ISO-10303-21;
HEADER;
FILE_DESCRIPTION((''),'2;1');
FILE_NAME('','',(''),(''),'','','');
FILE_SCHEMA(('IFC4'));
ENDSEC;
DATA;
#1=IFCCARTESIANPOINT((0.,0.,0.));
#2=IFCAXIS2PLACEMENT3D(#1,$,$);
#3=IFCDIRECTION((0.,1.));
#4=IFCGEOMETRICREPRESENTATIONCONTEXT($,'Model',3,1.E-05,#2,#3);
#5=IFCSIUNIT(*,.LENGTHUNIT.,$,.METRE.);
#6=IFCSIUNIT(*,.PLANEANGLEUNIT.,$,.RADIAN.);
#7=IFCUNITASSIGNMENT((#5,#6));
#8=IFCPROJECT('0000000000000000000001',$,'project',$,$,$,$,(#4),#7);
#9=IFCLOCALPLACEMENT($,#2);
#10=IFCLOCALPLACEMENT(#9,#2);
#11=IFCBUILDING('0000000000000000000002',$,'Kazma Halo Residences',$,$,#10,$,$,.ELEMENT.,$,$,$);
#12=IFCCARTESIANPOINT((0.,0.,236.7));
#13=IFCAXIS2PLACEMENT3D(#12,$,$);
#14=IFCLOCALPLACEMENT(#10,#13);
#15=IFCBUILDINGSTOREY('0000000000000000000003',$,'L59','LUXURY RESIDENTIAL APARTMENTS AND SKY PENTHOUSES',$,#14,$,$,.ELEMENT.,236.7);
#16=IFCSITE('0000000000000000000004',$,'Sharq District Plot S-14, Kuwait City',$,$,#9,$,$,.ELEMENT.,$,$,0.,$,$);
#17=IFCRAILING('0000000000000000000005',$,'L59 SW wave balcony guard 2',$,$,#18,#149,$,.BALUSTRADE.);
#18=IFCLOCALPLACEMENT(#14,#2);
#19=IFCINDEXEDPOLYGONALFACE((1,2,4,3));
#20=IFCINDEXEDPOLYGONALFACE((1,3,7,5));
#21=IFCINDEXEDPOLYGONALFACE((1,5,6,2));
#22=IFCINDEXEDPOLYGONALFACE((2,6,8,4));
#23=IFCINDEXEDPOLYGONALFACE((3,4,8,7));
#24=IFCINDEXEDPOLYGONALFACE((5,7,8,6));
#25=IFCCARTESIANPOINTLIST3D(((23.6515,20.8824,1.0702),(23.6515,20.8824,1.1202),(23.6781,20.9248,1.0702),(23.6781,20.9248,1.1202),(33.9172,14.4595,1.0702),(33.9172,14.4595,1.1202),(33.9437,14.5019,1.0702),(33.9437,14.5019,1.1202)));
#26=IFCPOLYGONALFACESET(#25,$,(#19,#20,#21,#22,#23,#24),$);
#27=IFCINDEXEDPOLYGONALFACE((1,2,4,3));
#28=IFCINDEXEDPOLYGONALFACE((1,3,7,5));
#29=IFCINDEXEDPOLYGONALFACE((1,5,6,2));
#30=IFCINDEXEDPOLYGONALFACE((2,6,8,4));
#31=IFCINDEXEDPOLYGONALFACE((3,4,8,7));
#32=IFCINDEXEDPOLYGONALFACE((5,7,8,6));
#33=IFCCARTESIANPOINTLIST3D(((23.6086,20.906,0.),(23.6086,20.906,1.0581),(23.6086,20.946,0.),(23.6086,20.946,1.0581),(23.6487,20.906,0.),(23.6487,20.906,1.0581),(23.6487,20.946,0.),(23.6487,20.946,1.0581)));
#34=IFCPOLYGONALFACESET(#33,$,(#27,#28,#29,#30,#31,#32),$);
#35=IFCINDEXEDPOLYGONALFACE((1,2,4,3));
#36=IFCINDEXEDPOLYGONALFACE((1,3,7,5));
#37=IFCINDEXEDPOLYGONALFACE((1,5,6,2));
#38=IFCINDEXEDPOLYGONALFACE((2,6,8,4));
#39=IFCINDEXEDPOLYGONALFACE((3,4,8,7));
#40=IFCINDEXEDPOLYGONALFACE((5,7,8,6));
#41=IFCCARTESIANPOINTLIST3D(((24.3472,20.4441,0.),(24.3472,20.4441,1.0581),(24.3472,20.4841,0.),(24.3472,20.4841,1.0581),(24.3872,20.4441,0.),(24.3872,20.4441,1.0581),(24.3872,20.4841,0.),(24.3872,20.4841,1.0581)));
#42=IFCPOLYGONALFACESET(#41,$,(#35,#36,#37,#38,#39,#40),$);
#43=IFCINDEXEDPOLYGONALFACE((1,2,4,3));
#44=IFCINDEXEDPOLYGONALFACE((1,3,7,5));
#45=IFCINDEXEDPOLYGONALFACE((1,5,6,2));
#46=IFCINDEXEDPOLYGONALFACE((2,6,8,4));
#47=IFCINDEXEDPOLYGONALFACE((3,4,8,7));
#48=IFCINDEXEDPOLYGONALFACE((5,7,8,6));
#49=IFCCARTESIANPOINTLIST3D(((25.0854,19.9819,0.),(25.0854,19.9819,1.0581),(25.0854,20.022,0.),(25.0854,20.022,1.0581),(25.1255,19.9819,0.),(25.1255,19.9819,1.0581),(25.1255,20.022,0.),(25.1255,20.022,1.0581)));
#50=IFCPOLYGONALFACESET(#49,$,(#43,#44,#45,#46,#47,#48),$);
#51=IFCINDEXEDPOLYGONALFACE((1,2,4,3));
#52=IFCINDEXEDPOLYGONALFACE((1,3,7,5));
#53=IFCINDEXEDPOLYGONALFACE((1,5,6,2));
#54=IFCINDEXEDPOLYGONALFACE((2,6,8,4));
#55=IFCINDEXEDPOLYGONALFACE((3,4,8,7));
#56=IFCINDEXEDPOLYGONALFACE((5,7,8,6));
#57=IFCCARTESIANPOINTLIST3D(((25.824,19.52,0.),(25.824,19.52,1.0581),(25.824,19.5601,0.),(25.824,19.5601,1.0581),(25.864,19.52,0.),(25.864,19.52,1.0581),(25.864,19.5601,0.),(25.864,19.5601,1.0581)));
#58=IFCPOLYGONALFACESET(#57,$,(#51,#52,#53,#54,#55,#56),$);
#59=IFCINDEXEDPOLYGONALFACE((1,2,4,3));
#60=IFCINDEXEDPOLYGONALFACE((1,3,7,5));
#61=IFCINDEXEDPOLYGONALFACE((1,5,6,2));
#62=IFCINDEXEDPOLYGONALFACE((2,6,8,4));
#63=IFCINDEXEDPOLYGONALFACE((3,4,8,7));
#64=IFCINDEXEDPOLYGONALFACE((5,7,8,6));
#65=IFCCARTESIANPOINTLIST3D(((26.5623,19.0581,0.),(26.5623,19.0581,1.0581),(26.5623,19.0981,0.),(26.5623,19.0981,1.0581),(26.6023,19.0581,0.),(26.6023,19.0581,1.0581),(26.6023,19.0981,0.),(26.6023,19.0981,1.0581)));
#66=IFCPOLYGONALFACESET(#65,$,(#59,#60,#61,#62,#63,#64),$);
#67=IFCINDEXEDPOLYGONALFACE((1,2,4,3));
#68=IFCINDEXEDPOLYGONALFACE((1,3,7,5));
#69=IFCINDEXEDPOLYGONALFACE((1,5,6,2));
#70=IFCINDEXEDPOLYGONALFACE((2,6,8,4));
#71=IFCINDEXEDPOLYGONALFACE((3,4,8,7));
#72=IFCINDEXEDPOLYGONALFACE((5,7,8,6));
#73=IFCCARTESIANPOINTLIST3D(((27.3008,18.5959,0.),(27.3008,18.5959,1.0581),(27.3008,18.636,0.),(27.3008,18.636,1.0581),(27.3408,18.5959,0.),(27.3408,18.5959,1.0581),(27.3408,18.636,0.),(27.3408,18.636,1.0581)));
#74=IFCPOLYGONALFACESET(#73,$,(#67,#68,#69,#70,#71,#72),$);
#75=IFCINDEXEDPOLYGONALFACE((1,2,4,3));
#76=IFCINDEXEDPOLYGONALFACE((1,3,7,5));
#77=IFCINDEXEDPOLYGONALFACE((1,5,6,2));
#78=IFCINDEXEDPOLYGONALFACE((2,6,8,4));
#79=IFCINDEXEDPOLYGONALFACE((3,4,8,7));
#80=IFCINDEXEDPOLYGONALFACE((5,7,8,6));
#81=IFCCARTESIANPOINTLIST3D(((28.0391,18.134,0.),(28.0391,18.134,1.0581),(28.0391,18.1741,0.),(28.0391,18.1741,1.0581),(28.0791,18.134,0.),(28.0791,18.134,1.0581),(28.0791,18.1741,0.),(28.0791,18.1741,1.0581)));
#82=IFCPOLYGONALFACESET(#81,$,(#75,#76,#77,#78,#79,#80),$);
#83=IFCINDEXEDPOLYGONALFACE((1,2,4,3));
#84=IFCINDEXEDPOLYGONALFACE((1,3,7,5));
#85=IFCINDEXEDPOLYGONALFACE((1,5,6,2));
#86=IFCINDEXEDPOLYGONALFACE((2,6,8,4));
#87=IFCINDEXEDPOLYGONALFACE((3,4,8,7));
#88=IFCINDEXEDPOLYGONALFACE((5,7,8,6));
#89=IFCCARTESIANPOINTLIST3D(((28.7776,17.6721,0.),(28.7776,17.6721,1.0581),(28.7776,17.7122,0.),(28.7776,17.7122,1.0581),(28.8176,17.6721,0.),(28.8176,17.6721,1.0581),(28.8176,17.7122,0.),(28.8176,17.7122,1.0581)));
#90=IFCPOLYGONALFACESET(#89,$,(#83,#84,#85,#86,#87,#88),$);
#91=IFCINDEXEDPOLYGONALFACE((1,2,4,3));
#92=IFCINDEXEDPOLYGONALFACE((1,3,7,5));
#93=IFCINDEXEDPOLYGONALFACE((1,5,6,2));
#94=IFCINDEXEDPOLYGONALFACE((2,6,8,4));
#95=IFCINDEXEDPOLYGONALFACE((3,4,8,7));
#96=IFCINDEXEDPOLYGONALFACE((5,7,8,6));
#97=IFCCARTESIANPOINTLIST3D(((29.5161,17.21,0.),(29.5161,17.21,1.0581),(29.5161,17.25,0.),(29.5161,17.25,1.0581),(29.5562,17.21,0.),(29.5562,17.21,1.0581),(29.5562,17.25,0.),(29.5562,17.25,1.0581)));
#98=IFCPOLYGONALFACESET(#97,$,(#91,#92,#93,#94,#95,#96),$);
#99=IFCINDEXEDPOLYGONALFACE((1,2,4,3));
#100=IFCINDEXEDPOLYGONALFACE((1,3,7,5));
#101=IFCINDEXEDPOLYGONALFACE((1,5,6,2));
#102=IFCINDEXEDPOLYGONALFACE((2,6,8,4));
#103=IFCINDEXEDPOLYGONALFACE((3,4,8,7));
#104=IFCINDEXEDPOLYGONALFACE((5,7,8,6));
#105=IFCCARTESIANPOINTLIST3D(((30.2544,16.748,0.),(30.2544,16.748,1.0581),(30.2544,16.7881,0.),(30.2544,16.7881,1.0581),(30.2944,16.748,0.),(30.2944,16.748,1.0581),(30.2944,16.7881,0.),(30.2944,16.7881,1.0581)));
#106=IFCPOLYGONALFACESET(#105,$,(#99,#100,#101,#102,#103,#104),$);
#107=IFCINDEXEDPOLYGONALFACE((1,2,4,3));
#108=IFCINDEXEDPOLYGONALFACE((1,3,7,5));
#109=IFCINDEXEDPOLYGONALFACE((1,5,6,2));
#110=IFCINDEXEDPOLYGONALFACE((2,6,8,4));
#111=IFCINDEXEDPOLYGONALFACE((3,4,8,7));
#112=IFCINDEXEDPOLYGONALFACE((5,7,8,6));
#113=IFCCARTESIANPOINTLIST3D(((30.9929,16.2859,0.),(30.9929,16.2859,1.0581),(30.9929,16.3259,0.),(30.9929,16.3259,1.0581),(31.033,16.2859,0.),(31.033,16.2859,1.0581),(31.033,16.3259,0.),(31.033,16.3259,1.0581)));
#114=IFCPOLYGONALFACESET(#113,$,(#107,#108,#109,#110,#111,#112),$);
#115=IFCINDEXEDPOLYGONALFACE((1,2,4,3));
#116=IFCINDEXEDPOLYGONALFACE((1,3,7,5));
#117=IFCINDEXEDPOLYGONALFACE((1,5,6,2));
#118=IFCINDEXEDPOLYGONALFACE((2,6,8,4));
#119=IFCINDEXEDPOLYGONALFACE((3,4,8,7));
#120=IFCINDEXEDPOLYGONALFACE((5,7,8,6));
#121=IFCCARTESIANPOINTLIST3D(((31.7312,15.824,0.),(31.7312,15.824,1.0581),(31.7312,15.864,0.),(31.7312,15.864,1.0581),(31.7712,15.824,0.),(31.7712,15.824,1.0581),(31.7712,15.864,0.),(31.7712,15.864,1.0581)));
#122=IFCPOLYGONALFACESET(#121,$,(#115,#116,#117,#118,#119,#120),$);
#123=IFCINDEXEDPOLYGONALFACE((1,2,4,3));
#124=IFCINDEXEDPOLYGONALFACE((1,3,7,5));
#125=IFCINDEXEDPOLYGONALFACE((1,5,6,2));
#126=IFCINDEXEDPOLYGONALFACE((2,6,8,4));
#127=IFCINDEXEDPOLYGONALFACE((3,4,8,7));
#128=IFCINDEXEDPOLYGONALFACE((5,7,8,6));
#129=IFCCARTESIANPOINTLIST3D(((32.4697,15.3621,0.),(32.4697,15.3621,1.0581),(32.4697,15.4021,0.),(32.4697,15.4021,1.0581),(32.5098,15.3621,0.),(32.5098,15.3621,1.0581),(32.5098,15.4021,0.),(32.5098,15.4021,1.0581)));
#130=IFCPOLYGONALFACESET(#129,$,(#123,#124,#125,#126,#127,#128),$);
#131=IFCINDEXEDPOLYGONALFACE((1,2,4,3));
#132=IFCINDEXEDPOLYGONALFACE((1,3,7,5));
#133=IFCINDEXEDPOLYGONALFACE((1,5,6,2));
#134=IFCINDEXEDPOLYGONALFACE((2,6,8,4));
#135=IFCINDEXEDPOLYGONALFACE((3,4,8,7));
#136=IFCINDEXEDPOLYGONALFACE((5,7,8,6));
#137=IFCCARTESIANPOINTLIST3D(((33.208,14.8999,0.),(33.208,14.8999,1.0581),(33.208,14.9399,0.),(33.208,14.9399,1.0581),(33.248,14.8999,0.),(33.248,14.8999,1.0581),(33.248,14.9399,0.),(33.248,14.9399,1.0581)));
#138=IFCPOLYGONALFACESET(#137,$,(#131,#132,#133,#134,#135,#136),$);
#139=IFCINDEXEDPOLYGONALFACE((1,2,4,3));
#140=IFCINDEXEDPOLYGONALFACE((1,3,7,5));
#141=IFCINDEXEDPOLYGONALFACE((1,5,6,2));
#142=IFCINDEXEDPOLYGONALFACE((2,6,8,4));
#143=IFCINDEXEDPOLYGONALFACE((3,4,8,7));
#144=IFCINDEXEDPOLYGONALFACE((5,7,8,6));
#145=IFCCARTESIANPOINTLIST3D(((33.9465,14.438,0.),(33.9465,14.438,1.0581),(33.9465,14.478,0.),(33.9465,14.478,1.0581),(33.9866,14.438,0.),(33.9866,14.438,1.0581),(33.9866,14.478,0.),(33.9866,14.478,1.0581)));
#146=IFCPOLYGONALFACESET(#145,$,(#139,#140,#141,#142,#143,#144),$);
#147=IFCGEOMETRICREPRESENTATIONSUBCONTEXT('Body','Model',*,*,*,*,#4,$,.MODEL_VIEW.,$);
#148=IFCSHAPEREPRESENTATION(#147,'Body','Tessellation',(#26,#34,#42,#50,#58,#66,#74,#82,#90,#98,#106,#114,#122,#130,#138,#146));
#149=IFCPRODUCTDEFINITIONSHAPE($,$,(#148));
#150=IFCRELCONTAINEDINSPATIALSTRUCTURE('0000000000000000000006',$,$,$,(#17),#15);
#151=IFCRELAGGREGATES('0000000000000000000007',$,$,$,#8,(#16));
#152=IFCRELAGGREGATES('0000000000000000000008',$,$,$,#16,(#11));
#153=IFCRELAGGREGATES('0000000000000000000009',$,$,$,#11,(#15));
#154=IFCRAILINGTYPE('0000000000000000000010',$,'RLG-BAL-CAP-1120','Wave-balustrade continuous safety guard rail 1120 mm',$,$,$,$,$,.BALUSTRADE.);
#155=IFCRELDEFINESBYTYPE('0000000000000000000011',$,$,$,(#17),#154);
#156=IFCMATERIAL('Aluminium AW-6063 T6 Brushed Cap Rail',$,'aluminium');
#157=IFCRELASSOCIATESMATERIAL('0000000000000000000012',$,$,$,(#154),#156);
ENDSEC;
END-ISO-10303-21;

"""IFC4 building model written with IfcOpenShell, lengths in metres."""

from ifc_helpers import new_model, si_unit, direction, frame, origin, origin_2d, place, context, subcontext, project, spatial, rectangle, extrude, material, type_object, element, save


model = new_model("IFC4")

# Units and contexts
model_context = context("Model", 3, precision=1e-05, world=origin(), true_north=direction((0.0, 1.0)))
body_context = subcontext(model_context, "Body", "Model", "MODEL_VIEW")
ifc_project = project(units=[si_unit("LENGTHUNIT", "METRE"), si_unit("PLANEANGLEUNIT", "RADIAN")], contexts=[model_context])

# Site, building, storey
site_placement = place(None, origin())
site = spatial("IfcSite", under=ifc_project, at=site_placement, Name="Sharq District Plot S-14, Kuwait City", CompositionType="ELEMENT", RefElevation=0.0)
building_placement = place(site_placement, origin())
building = spatial("IfcBuilding", under=site, at=building_placement, Name="Kazma Halo Residences", CompositionType="ELEMENT")
storey_placement = place(building_placement, frame((0.0, 0.0, 236.7)))
storey = spatial("IfcBuildingStorey", under=building, at=storey_placement, Name="L59", Description="LUXURY RESIDENTIAL APARTMENTS AND SKY PENTHOUSES", CompositionType="ELEMENT", Elevation=236.7)

# Railing
ifc_material_1 = material(Name="Aluminium AW-6063 T6 Brushed Cap Rail", Category="aluminium")
railing_type = type_object("IfcRailingType", Name="RLG-BAL-CAP-1120", Description="Wave-balustrade continuous safety guard rail 1120 mm", PredefinedType="BALUSTRADE", material=ifc_material_1)
railing_1_placement = place(storey_placement, frame((23.6287, 20.926, 0.0)))
element("IfcRailing", 1, at=railing_1_placement, inside=storey, type_object=railing_type, Name="L59 SW wave balcony guard 2", PredefinedType="BALUSTRADE", context=body_context, shape_type="SweptSolid", body=[
    extrude(rectangle(XDim=0.05, YDim=0.05, at=origin_2d()), frame((0.0361, -0.0225, 1.0952), z_axis=(0.847746, -0.530402, 0.0), x_axis=(0.530402, 0.847746, 0.0)), (0.0, 0.0, 1.0), 12.1094),
    extrude(rectangle(XDim=0.04, YDim=0.04, at=origin_2d()), origin(), (0.0, 0.0, 1.0), 1.0581),
    extrude(rectangle(XDim=0.04, YDim=0.04, at=origin_2d()), frame((0.7385, -0.4619, 0.0)), (0.0, 0.0, 1.0), 1.0581),
    extrude(rectangle(XDim=0.04, YDim=0.04, at=origin_2d()), frame((1.4768, -0.9241, 0.0)), (0.0, 0.0, 1.0), 1.0581),
    extrude(rectangle(XDim=0.04, YDim=0.04, at=origin_2d()), frame((2.2153, -1.386, 0.0)), (0.0, 0.0, 1.0), 1.0581),
    extrude(rectangle(XDim=0.04, YDim=0.04, at=origin_2d()), frame((2.9536, -1.8479, 0.0)), (0.0, 0.0, 1.0), 1.0581),
    extrude(rectangle(XDim=0.04, YDim=0.04, at=origin_2d()), frame((3.6921, -2.3101, 0.0)), (0.0, 0.0, 1.0), 1.0581),
    extrude(rectangle(XDim=0.04, YDim=0.04, at=origin_2d()), frame((4.4304, -2.772, 0.0)), (0.0, 0.0, 1.0), 1.0581),
    extrude(rectangle(XDim=0.04, YDim=0.04, at=origin_2d()), frame((5.1689, -3.2339, 0.0)), (0.0, 0.0, 1.0), 1.0581),
    extrude(rectangle(XDim=0.04, YDim=0.04, at=origin_2d()), frame((5.9075, -3.696, 0.0)), (0.0, 0.0, 1.0), 1.0581),
    extrude(rectangle(XDim=0.04, YDim=0.04, at=origin_2d()), frame((6.6458, -4.158, 0.0)), (0.0, 0.0, 1.0), 1.0581),
    extrude(rectangle(XDim=0.04, YDim=0.04, at=origin_2d()), frame((7.3843, -4.6201, 0.0)), (0.0, 0.0, 1.0), 1.0581),
    extrude(rectangle(XDim=0.04, YDim=0.04, at=origin_2d()), frame((8.1226, -5.082, 0.0)), (0.0, 0.0, 1.0), 1.0581),
    extrude(rectangle(XDim=0.04, YDim=0.04, at=origin_2d()), frame((8.8611, -5.5439, 0.0)), (0.0, 0.0, 1.0), 1.0581),
    extrude(rectangle(XDim=0.04, YDim=0.04, at=origin_2d()), frame((9.5994, -6.0061, 0.0)), (0.0, 0.0, 1.0), 1.0581),
    extrude(rectangle(XDim=0.04, YDim=0.04, at=origin_2d()), frame((10.3379, -6.468, 0.0)), (0.0, 0.0, 1.0), 1.0581),
])

save(model, "model.ifc")
